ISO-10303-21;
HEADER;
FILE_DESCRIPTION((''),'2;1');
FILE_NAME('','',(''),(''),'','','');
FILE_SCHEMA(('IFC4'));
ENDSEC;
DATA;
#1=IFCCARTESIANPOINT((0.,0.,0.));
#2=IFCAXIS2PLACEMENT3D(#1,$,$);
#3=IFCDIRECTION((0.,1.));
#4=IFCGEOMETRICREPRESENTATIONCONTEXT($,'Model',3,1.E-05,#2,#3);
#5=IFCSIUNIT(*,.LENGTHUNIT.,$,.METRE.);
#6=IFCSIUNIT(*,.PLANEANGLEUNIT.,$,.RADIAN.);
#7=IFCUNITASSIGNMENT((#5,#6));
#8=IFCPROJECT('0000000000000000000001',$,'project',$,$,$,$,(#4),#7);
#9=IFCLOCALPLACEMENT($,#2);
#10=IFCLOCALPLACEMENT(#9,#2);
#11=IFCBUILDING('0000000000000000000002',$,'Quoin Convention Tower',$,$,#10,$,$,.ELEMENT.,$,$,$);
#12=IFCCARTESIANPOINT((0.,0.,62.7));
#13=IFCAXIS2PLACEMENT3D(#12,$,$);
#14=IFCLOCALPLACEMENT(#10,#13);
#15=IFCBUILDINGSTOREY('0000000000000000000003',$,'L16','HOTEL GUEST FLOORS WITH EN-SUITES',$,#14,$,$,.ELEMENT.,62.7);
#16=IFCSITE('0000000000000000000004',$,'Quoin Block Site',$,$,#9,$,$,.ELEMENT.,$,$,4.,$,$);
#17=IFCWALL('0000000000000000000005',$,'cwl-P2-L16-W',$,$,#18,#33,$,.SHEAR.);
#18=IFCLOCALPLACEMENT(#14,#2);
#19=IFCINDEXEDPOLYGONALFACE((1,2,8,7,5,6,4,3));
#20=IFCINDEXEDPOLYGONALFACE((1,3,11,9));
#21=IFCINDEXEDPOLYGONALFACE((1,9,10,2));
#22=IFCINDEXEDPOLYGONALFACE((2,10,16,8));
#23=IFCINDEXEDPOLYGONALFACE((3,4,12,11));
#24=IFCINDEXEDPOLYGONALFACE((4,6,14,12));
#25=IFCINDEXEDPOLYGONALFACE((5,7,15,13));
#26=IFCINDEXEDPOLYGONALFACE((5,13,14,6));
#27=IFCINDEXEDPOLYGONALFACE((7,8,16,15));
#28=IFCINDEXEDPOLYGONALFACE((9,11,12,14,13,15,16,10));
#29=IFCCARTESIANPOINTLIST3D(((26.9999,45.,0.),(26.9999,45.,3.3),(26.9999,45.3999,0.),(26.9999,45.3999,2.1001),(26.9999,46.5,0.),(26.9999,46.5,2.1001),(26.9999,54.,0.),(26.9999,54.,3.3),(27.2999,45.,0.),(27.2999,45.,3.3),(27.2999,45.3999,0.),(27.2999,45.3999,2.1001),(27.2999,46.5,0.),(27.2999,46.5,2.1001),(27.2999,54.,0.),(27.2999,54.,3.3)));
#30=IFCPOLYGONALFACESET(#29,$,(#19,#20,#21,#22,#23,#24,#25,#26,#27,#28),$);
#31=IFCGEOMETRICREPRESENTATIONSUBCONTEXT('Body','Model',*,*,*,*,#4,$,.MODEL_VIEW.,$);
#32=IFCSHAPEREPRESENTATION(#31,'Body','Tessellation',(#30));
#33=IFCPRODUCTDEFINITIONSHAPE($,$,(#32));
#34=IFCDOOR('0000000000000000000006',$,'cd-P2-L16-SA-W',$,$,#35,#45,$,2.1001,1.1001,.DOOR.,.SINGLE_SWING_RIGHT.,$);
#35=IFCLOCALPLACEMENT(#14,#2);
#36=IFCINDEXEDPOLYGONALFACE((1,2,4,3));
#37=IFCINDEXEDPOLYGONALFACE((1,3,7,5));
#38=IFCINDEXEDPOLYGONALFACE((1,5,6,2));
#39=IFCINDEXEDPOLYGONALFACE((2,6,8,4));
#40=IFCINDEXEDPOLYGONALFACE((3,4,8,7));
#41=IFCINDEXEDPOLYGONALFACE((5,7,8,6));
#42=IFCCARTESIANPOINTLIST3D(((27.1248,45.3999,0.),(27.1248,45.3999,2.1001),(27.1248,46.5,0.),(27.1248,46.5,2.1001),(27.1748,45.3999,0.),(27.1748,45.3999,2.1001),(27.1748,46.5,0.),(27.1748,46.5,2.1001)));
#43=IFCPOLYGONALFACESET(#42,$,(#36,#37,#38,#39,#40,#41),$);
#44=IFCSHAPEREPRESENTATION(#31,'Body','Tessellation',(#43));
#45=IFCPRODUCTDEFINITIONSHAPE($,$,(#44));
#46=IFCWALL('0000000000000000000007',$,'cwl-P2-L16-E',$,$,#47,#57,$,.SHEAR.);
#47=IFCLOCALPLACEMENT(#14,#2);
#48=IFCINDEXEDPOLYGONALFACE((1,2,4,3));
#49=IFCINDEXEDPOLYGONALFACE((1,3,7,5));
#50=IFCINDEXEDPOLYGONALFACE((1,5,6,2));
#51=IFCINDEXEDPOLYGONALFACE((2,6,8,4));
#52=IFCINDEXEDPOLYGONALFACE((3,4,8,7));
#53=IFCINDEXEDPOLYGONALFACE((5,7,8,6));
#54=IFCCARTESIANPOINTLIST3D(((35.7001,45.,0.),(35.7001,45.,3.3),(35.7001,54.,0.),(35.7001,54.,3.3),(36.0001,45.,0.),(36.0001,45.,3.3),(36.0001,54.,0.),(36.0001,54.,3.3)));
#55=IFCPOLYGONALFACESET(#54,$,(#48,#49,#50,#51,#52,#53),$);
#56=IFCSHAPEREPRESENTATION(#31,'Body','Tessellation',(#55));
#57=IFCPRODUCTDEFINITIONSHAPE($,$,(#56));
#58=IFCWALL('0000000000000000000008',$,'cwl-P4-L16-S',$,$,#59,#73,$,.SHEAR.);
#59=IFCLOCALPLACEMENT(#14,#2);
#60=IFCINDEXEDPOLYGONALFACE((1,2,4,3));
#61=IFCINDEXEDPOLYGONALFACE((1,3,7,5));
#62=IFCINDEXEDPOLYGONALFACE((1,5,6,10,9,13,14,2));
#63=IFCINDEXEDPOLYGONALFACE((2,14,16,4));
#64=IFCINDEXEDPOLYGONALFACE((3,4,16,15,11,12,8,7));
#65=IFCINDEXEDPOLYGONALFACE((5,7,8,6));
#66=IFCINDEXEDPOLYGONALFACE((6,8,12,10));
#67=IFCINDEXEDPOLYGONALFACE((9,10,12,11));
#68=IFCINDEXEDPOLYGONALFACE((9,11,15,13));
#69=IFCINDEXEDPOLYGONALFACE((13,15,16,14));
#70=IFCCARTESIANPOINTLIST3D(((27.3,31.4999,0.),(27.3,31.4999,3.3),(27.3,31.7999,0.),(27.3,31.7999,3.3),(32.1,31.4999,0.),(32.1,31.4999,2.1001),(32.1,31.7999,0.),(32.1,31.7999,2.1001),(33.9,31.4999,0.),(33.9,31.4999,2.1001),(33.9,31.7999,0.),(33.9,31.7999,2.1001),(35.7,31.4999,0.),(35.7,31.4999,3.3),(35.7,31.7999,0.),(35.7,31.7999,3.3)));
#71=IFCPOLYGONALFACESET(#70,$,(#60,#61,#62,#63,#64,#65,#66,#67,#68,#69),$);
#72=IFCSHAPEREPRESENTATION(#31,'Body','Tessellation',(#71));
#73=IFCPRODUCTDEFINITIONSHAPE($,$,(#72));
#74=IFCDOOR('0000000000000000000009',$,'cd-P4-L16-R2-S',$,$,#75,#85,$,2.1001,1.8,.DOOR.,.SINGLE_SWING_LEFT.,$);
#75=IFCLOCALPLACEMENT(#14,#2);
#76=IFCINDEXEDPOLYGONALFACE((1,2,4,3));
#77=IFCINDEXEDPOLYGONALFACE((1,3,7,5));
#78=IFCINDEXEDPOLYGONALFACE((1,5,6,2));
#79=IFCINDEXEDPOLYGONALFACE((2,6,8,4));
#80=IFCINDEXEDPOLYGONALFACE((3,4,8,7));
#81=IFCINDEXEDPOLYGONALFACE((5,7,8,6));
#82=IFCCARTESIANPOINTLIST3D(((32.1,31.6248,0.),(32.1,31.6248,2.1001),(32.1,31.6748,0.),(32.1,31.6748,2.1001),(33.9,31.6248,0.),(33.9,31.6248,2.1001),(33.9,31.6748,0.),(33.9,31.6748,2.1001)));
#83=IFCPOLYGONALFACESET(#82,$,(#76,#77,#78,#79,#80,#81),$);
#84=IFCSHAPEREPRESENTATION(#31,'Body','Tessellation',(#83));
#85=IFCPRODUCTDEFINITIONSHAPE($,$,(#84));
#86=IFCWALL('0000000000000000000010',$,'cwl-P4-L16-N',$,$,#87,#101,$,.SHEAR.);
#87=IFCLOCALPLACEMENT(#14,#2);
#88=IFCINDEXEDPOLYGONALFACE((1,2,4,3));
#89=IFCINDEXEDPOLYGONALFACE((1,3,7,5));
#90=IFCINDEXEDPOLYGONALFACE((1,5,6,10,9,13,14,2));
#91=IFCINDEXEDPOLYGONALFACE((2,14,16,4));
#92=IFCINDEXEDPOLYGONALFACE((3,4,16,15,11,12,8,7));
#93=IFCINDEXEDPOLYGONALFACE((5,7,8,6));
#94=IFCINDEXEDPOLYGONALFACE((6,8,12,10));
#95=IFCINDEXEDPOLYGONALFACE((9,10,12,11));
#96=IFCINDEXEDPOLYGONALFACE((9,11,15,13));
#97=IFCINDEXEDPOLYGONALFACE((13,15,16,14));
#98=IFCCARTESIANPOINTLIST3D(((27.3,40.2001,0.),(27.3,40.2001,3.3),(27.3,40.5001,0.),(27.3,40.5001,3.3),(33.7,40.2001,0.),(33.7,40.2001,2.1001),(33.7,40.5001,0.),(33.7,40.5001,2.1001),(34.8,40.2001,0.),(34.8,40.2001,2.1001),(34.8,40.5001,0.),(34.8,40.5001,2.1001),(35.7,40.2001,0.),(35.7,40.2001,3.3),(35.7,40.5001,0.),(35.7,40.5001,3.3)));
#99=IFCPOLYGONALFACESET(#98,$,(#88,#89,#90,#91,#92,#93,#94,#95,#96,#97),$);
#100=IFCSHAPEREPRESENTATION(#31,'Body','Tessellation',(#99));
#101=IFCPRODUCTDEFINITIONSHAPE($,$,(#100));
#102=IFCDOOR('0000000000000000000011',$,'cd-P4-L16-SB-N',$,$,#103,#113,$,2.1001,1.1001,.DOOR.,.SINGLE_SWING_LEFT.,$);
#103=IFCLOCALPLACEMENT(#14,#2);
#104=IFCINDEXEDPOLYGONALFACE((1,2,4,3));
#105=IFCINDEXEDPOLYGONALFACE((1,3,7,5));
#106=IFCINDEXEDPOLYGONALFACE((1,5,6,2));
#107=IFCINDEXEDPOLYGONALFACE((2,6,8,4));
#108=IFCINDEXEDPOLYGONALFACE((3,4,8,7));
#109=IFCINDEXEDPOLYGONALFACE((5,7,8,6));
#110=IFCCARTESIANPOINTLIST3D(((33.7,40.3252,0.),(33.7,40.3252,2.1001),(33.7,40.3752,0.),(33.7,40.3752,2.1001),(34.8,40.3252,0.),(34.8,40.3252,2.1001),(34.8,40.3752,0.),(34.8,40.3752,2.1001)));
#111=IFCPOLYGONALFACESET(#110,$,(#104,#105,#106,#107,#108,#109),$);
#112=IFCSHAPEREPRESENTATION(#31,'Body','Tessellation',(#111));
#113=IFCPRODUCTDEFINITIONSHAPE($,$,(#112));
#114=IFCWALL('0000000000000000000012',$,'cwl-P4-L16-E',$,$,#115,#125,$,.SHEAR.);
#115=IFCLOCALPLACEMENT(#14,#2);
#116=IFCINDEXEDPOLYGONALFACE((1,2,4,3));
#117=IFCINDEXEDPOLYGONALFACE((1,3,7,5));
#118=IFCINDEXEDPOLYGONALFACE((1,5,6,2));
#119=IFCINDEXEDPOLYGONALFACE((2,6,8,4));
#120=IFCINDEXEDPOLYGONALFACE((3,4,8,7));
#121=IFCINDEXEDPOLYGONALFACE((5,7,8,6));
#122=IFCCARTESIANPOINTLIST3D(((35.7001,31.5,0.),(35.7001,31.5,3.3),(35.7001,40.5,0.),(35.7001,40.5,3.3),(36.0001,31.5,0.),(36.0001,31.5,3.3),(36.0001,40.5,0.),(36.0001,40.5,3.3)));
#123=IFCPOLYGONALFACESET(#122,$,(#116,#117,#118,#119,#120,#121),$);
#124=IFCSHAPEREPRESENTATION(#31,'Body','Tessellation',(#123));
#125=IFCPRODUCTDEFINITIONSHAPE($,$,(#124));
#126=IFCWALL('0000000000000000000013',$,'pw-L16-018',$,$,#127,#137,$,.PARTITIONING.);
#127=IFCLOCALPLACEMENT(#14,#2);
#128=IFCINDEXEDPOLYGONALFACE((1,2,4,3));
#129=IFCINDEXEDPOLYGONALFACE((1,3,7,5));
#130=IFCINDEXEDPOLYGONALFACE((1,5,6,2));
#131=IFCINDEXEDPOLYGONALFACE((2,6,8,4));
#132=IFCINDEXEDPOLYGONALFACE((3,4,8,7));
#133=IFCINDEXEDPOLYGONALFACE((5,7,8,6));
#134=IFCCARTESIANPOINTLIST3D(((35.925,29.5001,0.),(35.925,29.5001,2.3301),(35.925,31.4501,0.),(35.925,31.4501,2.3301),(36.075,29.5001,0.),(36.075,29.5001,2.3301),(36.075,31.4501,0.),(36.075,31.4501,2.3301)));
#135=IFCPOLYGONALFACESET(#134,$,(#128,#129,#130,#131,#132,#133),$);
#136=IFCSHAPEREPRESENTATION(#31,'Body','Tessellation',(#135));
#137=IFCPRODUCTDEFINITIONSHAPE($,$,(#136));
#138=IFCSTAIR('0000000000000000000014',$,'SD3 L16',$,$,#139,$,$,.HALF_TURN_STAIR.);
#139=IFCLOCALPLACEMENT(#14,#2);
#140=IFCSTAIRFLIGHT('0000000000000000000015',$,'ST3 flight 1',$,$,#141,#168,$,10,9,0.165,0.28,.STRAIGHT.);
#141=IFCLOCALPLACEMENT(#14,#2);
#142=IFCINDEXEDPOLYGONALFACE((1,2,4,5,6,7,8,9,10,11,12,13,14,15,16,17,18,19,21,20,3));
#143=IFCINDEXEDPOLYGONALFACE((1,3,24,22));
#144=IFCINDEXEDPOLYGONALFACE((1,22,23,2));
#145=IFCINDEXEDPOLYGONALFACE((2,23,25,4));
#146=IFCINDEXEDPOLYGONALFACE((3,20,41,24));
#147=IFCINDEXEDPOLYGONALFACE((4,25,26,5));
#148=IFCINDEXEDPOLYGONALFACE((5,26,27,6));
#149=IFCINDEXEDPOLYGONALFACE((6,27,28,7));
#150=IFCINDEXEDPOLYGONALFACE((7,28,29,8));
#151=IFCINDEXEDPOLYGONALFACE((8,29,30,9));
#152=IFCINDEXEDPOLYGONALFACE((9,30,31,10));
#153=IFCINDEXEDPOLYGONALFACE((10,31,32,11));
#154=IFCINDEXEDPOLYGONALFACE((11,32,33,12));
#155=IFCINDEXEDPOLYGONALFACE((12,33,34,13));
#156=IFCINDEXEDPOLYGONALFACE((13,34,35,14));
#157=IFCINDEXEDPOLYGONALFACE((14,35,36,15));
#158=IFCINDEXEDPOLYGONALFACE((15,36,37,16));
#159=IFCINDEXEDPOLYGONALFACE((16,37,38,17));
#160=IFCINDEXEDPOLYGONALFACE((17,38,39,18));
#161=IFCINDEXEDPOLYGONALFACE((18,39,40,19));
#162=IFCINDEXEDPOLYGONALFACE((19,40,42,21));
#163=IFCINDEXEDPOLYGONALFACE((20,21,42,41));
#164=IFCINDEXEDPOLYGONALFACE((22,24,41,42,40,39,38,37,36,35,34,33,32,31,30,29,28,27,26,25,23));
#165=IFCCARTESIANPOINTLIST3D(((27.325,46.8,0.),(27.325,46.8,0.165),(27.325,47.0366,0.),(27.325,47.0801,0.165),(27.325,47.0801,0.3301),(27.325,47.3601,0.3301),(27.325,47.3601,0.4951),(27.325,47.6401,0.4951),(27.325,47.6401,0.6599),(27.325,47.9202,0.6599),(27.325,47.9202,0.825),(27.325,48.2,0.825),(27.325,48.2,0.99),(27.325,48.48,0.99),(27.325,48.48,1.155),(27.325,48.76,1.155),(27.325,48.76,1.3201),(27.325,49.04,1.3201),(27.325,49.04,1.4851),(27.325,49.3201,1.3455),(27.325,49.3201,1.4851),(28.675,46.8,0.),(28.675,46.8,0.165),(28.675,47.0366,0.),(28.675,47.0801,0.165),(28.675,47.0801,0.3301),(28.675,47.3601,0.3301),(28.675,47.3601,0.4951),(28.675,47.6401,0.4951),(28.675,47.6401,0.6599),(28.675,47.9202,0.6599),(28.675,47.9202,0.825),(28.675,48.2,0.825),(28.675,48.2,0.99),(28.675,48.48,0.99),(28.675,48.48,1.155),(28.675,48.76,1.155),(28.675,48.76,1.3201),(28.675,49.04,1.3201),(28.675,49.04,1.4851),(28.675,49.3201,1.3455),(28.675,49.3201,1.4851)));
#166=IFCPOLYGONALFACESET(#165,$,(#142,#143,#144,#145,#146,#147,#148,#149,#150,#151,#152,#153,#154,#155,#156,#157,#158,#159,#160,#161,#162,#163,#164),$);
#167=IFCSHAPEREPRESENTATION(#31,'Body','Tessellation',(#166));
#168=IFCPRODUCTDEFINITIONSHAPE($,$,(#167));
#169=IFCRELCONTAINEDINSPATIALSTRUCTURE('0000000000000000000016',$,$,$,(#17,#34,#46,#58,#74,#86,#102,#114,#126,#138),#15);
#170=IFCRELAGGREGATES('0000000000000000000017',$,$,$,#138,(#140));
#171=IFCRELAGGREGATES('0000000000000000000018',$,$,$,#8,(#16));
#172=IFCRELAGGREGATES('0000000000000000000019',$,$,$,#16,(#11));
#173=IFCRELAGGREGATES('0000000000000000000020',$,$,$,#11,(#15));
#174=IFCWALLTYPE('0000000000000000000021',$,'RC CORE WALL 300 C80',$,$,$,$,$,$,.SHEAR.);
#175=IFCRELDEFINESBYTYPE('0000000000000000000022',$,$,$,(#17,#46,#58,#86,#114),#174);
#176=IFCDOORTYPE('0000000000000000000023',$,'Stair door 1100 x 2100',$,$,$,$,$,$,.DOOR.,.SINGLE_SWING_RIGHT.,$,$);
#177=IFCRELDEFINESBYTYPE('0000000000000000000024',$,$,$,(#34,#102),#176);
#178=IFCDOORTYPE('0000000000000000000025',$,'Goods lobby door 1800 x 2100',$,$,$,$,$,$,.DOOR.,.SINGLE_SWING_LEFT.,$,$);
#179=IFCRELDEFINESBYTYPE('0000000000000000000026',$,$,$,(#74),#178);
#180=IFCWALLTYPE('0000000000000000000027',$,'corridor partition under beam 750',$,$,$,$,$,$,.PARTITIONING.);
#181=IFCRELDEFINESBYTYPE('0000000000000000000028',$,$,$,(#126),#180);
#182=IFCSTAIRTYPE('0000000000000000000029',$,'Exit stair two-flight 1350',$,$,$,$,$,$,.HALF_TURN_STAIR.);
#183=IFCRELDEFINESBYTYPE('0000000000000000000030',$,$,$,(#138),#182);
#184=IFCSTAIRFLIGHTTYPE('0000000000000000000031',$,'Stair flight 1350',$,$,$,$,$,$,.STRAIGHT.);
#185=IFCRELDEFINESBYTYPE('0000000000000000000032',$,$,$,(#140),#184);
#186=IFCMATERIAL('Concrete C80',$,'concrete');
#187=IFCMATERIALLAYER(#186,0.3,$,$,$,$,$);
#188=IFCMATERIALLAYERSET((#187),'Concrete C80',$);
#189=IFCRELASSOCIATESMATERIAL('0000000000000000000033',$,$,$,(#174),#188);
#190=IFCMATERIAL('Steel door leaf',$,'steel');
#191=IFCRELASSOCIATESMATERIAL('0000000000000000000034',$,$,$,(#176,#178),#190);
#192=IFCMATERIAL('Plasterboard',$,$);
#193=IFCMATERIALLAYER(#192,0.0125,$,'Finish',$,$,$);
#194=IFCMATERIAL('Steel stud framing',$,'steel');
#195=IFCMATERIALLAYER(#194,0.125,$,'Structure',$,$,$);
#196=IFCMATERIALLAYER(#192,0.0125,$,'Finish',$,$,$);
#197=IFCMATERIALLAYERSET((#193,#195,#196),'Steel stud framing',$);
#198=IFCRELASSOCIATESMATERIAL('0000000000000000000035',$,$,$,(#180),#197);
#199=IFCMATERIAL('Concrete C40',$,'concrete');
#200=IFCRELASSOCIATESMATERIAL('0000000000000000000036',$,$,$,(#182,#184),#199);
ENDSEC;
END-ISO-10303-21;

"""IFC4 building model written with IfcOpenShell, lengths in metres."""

from ifc_helpers import new_model, si_unit, direction, frame, frame_2d, origin, place, context, subcontext, project, spatial, polyline, rectangle, outline, extrude, material, layer, layer_set, type_object, element, fill, aggregate, save


model = new_model("IFC4")

# Units and contexts
model_context = context("Model", 3, precision=1e-05, world=origin(), true_north=direction((0.0, 1.0)))
body_context = subcontext(model_context, "Body", "Model", "MODEL_VIEW")
ifc_project = project(units=[si_unit("LENGTHUNIT", "METRE"), si_unit("PLANEANGLEUNIT", "RADIAN")], contexts=[model_context])

# Site, building, storey
site_placement = place(None, origin())
site = spatial("IfcSite", under=ifc_project, at=site_placement, Name="Quoin Block Site", CompositionType="ELEMENT", RefElevation=4.0)
building_placement = place(site_placement, origin())
building = spatial("IfcBuilding", under=site, at=building_placement, Name="Quoin Convention Tower", CompositionType="ELEMENT")
storey_placement = place(building_placement, frame((0.0, 0.0, 62.7)))
storey = spatial("IfcBuildingStorey", under=building, at=storey_placement, Name="L16", Description="HOTEL GUEST FLOORS WITH EN-SUITES", CompositionType="ELEMENT", Elevation=62.7)

# Shared definitions
ifc_material_1 = material(Name="Concrete C80", Category="concrete")

# Shared definitions
ifc_material_2 = material(Name="Steel door leaf", Category="steel")

# Wall, opening, door
ifc_layer_1 = layer(ifc_material_1, 0.3)
ifc_layer_set_1 = layer_set([ifc_layer_1], Name="Concrete C80")
wall_type_1 = type_object("IfcWallType", Name="RC CORE WALL 300 C80", PredefinedType="SHEAR", material=ifc_layer_set_1)
wall_1_placement = place(storey_placement, frame((27.1499, 45.0, 0.0), z_axis=(0.0, 0.0, 1.0), x_axis=(0.0, 1.0, 0.0)))
wall_1 = element("IfcWall", 1, at=wall_1_placement, inside=storey, type_object=wall_type_1, Name="cwl-P2-L16-W", PredefinedType="SHEAR", context=body_context, shape_type="SweptSolid", body=[
    extrude(rectangle(XDim=9.0, YDim=0.3, at=frame_2d((4.5, 0.0))), origin(), (0.0, 0.0, 1.0), 3.3),
])
opening_1_placement = place(wall_1_placement, frame((0.3999, 0.0, 0.0)))
opening_1 = element("IfcOpeningElement", 2, at=opening_1_placement, cuts=wall_1, PredefinedType="OPENING", context=body_context, shape_type="SweptSolid", body=[
    extrude(rectangle(XDim=1.1001, YDim=2.1001, at=frame_2d((0.55, 1.05))), frame((0.0, 0.1599, 0.0), z_axis=(0.0, -1.0, 0.0), x_axis=(1.0, 0.0, 0.0)), (0.0, 0.0, 1.0), 0.3201),
])
door_type_1 = type_object("IfcDoorType", Name="Stair door 1100 x 2100", OperationType="SINGLE_SWING_RIGHT", PredefinedType="DOOR", material=ifc_material_2)
door_1_placement = place(opening_1_placement, frame((1.1001, 0.0, 0.0), z_axis=(0.0, 0.0, 1.0), x_axis=(-1.0, 0.0, 0.0)))
door_1 = element("IfcDoor", 3, at=door_1_placement, inside=storey, type_object=door_type_1, Name="cd-P2-L16-SA-W", OperationType="SINGLE_SWING_RIGHT", OverallHeight=2.1001, OverallWidth=1.1001, PredefinedType="DOOR", context=body_context, shape_type="SweptSolid", body=[
    extrude(rectangle(XDim=1.1001, YDim=2.1001, at=frame_2d((0.55, 1.05))), frame((0.0, 0.0249, 0.0), z_axis=(0.0, -1.0, 0.0), x_axis=(1.0, 0.0, 0.0)), (0.0, 0.0, 1.0), 0.05),
])
fill(opening_1, door_1)

# Wall
wall_2_placement = place(storey_placement, frame((35.8501, 45.0, 0.0), z_axis=(0.0, 0.0, 1.0), x_axis=(0.0, 1.0, 0.0)))
element("IfcWall", 4, at=wall_2_placement, inside=storey, type_object=wall_type_1, Name="cwl-P2-L16-E", PredefinedType="SHEAR", context=body_context, shape_type="SweptSolid", body=[
    extrude(rectangle(XDim=9.0, YDim=0.3, at=frame_2d((4.5, 0.0))), origin(), (0.0, 0.0, 1.0), 3.3),
])

# Walls, openings, doors
wall_3_placement = place(storey_placement, frame((27.3, 31.6499, 0.0), z_axis=(0.0, 0.0, 1.0), x_axis=(1.0, 0.0, 0.0)))
wall_3 = element("IfcWall", 5, at=wall_3_placement, inside=storey, type_object=wall_type_1, Name="cwl-P4-L16-S", PredefinedType="SHEAR", context=body_context, shape_type="SweptSolid", body=[
    extrude(rectangle(XDim=8.3999, YDim=0.3, at=frame_2d((4.2, 0.0))), origin(), (0.0, 0.0, 1.0), 3.3),
])
opening_2_placement = place(wall_3_placement, frame((4.8, 0.0, 0.0)))
opening_2 = element("IfcOpeningElement", 6, at=opening_2_placement, cuts=wall_3, PredefinedType="OPENING", context=body_context, shape_type="SweptSolid", body=[
    extrude(rectangle(XDim=1.8, YDim=2.1001, at=frame_2d((0.8999, 1.05))), frame((0.0, 0.1599, 0.0), z_axis=(0.0, -1.0, 0.0), x_axis=(1.0, 0.0, 0.0)), (0.0, 0.0, 1.0), 0.3201),
])
door_type_2 = type_object("IfcDoorType", Name="Goods lobby door 1800 x 2100", OperationType="SINGLE_SWING_LEFT", PredefinedType="DOOR", material=ifc_material_2)
door_2_placement = place(opening_2_placement, origin())
door_2 = element("IfcDoor", 7, at=door_2_placement, inside=storey, type_object=door_type_2, Name="cd-P4-L16-R2-S", OperationType="SINGLE_SWING_LEFT", OverallHeight=2.1001, OverallWidth=1.8, PredefinedType="DOOR", context=body_context, shape_type="SweptSolid", body=[
    extrude(rectangle(XDim=1.8, YDim=2.1001, at=frame_2d((0.8999, 1.05))), frame((0.0, 0.0249, 0.0), z_axis=(0.0, -1.0, 0.0), x_axis=(1.0, 0.0, 0.0)), (0.0, 0.0, 1.0), 0.05),
])
fill(opening_2, door_2)
wall_4_placement = place(storey_placement, frame((27.3, 40.3501, 0.0), z_axis=(0.0, 0.0, 1.0), x_axis=(1.0, 0.0, 0.0)))
wall_4 = element("IfcWall", 8, at=wall_4_placement, inside=storey, type_object=wall_type_1, Name="cwl-P4-L16-N", PredefinedType="SHEAR", context=body_context, shape_type="SweptSolid", body=[
    extrude(rectangle(XDim=8.3999, YDim=0.3, at=frame_2d((4.2, 0.0))), origin(), (0.0, 0.0, 1.0), 3.3),
])
opening_3_placement = place(wall_4_placement, frame((6.3999, 0.0, 0.0)))
opening_3 = element("IfcOpeningElement", 9, at=opening_3_placement, cuts=wall_4, PredefinedType="OPENING", context=body_context, shape_type="SweptSolid", body=[
    extrude(rectangle(XDim=1.1001, YDim=2.1001, at=frame_2d((0.55, 1.05))), frame((0.0, 0.1599, 0.0), z_axis=(0.0, -1.0, 0.0), x_axis=(1.0, 0.0, 0.0)), (0.0, 0.0, 1.0), 0.3201),
])
door_3_placement = place(opening_3_placement, frame((1.1001, 0.0, 0.0), z_axis=(0.0, 0.0, 1.0), x_axis=(-1.0, 0.0, 0.0)))
door_3 = element("IfcDoor", 10, at=door_3_placement, inside=storey, type_object=door_type_1, Name="cd-P4-L16-SB-N", OperationType="SINGLE_SWING_LEFT", OverallHeight=2.1001, OverallWidth=1.1001, PredefinedType="DOOR", context=body_context, shape_type="SweptSolid", body=[
    extrude(rectangle(XDim=1.1001, YDim=2.1001, at=frame_2d((0.55, 1.05))), frame((0.0, 0.0249, 0.0), z_axis=(0.0, -1.0, 0.0), x_axis=(1.0, 0.0, 0.0)), (0.0, 0.0, 1.0), 0.05),
])
fill(opening_3, door_3)

# Walls
wall_5_placement = place(storey_placement, frame((35.8501, 31.5, 0.0), z_axis=(0.0, 0.0, 1.0), x_axis=(0.0, 1.0, 0.0)))
element("IfcWall", 11, at=wall_5_placement, inside=storey, type_object=wall_type_1, Name="cwl-P4-L16-E", PredefinedType="SHEAR", context=body_context, shape_type="SweptSolid", body=[
    extrude(rectangle(XDim=9.0, YDim=0.3, at=frame_2d((4.5, 0.0))), origin(), (0.0, 0.0, 1.0), 3.3),
])
ifc_material_3 = material(Name="Plasterboard")
ifc_layer_2 = layer(ifc_material_3, 0.0125, Name="Finish")
ifc_material_4 = material(Name="Steel stud framing", Category="steel")
ifc_layer_3 = layer(ifc_material_4, 0.125, Name="Structure")
ifc_layer_4 = layer(ifc_material_3, 0.0125, Name="Finish")
ifc_layer_set_2 = layer_set([ifc_layer_2, ifc_layer_3, ifc_layer_4], Name="Steel stud framing")
wall_type_2 = type_object("IfcWallType", Name="corridor partition under beam 750", PredefinedType="PARTITIONING", material=ifc_layer_set_2)
wall_6_placement = place(storey_placement, frame((36.0, 29.5, 0.0), z_axis=(0.0, 0.0, 1.0), x_axis=(0.0, 1.0, 0.0)))
element("IfcWall", 12, at=wall_6_placement, inside=storey, type_object=wall_type_2, Name="pw-L16-018", PredefinedType="PARTITIONING", context=body_context, shape_type="SweptSolid", body=[
    extrude(rectangle(XDim=1.95, YDim=0.1499, at=frame_2d((0.9751, 0.0))), origin(), (0.0, 0.0, 1.0), 2.3301),
])

# Stair, stair flight
ifc_material_5 = material(Name="Concrete C40", Category="concrete")
stair_type = type_object("IfcStairType", Name="Exit stair two-flight 1350", PredefinedType="HALF_TURN_STAIR", material=ifc_material_5)
stair_1_placement = place(storey_placement, origin())
stair_1 = element("IfcStair", 13, at=stair_1_placement, inside=storey, type_object=stair_type, Name="SD3 L16", PredefinedType="HALF_TURN_STAIR")
stair_flight_type = type_object("IfcStairFlightType", Name="Stair flight 1350", PredefinedType="STRAIGHT", material=ifc_material_5)
stair_flight_1_placement = place(storey_placement, frame((28.0, 46.8, 0.0), z_axis=(0.0, 0.0, 1.0), x_axis=(0.0, 1.0, 0.0)))
stair_flight_1 = element("IfcStairFlight", 14, at=stair_flight_1_placement, type_object=stair_flight_type, Name="ST3 flight 1", NumberOfRisers=10, NumberOfTreads=9, PredefinedType="STRAIGHT", RiserHeight=0.165, TreadLength=0.28, context=body_context, shape_type="SweptSolid", body=[
    extrude(outline(polyline([(0.0, 0.0), (0.0, 0.165), (0.28, 0.165), (0.28, 0.3301), (0.5601, 0.3301), (0.5601, 0.4951), (0.8401, 0.4951), (0.8401, 0.6599), (1.1201, 0.6599), (1.1201, 0.825), (1.3999, 0.825), (1.3999, 0.99), (1.6799, 0.99), (1.6799, 1.155), (1.96, 1.155), (1.96, 1.3201), (2.24, 1.3201), (2.24, 1.4851), (2.52, 1.4851), (2.52, 1.6499), (2.52, 1.3455), (0.2366, 0.0), (0.0, 0.0)])), frame((0.0, 0.675, 0.0), z_axis=(0.0, -1.0, 0.0), x_axis=(1.0, 0.0, 0.0)), (0.0, 0.0, 1.0), 1.3501),
])
aggregate(stair_1, [stair_flight_1])

save(model, "model.ifc")
